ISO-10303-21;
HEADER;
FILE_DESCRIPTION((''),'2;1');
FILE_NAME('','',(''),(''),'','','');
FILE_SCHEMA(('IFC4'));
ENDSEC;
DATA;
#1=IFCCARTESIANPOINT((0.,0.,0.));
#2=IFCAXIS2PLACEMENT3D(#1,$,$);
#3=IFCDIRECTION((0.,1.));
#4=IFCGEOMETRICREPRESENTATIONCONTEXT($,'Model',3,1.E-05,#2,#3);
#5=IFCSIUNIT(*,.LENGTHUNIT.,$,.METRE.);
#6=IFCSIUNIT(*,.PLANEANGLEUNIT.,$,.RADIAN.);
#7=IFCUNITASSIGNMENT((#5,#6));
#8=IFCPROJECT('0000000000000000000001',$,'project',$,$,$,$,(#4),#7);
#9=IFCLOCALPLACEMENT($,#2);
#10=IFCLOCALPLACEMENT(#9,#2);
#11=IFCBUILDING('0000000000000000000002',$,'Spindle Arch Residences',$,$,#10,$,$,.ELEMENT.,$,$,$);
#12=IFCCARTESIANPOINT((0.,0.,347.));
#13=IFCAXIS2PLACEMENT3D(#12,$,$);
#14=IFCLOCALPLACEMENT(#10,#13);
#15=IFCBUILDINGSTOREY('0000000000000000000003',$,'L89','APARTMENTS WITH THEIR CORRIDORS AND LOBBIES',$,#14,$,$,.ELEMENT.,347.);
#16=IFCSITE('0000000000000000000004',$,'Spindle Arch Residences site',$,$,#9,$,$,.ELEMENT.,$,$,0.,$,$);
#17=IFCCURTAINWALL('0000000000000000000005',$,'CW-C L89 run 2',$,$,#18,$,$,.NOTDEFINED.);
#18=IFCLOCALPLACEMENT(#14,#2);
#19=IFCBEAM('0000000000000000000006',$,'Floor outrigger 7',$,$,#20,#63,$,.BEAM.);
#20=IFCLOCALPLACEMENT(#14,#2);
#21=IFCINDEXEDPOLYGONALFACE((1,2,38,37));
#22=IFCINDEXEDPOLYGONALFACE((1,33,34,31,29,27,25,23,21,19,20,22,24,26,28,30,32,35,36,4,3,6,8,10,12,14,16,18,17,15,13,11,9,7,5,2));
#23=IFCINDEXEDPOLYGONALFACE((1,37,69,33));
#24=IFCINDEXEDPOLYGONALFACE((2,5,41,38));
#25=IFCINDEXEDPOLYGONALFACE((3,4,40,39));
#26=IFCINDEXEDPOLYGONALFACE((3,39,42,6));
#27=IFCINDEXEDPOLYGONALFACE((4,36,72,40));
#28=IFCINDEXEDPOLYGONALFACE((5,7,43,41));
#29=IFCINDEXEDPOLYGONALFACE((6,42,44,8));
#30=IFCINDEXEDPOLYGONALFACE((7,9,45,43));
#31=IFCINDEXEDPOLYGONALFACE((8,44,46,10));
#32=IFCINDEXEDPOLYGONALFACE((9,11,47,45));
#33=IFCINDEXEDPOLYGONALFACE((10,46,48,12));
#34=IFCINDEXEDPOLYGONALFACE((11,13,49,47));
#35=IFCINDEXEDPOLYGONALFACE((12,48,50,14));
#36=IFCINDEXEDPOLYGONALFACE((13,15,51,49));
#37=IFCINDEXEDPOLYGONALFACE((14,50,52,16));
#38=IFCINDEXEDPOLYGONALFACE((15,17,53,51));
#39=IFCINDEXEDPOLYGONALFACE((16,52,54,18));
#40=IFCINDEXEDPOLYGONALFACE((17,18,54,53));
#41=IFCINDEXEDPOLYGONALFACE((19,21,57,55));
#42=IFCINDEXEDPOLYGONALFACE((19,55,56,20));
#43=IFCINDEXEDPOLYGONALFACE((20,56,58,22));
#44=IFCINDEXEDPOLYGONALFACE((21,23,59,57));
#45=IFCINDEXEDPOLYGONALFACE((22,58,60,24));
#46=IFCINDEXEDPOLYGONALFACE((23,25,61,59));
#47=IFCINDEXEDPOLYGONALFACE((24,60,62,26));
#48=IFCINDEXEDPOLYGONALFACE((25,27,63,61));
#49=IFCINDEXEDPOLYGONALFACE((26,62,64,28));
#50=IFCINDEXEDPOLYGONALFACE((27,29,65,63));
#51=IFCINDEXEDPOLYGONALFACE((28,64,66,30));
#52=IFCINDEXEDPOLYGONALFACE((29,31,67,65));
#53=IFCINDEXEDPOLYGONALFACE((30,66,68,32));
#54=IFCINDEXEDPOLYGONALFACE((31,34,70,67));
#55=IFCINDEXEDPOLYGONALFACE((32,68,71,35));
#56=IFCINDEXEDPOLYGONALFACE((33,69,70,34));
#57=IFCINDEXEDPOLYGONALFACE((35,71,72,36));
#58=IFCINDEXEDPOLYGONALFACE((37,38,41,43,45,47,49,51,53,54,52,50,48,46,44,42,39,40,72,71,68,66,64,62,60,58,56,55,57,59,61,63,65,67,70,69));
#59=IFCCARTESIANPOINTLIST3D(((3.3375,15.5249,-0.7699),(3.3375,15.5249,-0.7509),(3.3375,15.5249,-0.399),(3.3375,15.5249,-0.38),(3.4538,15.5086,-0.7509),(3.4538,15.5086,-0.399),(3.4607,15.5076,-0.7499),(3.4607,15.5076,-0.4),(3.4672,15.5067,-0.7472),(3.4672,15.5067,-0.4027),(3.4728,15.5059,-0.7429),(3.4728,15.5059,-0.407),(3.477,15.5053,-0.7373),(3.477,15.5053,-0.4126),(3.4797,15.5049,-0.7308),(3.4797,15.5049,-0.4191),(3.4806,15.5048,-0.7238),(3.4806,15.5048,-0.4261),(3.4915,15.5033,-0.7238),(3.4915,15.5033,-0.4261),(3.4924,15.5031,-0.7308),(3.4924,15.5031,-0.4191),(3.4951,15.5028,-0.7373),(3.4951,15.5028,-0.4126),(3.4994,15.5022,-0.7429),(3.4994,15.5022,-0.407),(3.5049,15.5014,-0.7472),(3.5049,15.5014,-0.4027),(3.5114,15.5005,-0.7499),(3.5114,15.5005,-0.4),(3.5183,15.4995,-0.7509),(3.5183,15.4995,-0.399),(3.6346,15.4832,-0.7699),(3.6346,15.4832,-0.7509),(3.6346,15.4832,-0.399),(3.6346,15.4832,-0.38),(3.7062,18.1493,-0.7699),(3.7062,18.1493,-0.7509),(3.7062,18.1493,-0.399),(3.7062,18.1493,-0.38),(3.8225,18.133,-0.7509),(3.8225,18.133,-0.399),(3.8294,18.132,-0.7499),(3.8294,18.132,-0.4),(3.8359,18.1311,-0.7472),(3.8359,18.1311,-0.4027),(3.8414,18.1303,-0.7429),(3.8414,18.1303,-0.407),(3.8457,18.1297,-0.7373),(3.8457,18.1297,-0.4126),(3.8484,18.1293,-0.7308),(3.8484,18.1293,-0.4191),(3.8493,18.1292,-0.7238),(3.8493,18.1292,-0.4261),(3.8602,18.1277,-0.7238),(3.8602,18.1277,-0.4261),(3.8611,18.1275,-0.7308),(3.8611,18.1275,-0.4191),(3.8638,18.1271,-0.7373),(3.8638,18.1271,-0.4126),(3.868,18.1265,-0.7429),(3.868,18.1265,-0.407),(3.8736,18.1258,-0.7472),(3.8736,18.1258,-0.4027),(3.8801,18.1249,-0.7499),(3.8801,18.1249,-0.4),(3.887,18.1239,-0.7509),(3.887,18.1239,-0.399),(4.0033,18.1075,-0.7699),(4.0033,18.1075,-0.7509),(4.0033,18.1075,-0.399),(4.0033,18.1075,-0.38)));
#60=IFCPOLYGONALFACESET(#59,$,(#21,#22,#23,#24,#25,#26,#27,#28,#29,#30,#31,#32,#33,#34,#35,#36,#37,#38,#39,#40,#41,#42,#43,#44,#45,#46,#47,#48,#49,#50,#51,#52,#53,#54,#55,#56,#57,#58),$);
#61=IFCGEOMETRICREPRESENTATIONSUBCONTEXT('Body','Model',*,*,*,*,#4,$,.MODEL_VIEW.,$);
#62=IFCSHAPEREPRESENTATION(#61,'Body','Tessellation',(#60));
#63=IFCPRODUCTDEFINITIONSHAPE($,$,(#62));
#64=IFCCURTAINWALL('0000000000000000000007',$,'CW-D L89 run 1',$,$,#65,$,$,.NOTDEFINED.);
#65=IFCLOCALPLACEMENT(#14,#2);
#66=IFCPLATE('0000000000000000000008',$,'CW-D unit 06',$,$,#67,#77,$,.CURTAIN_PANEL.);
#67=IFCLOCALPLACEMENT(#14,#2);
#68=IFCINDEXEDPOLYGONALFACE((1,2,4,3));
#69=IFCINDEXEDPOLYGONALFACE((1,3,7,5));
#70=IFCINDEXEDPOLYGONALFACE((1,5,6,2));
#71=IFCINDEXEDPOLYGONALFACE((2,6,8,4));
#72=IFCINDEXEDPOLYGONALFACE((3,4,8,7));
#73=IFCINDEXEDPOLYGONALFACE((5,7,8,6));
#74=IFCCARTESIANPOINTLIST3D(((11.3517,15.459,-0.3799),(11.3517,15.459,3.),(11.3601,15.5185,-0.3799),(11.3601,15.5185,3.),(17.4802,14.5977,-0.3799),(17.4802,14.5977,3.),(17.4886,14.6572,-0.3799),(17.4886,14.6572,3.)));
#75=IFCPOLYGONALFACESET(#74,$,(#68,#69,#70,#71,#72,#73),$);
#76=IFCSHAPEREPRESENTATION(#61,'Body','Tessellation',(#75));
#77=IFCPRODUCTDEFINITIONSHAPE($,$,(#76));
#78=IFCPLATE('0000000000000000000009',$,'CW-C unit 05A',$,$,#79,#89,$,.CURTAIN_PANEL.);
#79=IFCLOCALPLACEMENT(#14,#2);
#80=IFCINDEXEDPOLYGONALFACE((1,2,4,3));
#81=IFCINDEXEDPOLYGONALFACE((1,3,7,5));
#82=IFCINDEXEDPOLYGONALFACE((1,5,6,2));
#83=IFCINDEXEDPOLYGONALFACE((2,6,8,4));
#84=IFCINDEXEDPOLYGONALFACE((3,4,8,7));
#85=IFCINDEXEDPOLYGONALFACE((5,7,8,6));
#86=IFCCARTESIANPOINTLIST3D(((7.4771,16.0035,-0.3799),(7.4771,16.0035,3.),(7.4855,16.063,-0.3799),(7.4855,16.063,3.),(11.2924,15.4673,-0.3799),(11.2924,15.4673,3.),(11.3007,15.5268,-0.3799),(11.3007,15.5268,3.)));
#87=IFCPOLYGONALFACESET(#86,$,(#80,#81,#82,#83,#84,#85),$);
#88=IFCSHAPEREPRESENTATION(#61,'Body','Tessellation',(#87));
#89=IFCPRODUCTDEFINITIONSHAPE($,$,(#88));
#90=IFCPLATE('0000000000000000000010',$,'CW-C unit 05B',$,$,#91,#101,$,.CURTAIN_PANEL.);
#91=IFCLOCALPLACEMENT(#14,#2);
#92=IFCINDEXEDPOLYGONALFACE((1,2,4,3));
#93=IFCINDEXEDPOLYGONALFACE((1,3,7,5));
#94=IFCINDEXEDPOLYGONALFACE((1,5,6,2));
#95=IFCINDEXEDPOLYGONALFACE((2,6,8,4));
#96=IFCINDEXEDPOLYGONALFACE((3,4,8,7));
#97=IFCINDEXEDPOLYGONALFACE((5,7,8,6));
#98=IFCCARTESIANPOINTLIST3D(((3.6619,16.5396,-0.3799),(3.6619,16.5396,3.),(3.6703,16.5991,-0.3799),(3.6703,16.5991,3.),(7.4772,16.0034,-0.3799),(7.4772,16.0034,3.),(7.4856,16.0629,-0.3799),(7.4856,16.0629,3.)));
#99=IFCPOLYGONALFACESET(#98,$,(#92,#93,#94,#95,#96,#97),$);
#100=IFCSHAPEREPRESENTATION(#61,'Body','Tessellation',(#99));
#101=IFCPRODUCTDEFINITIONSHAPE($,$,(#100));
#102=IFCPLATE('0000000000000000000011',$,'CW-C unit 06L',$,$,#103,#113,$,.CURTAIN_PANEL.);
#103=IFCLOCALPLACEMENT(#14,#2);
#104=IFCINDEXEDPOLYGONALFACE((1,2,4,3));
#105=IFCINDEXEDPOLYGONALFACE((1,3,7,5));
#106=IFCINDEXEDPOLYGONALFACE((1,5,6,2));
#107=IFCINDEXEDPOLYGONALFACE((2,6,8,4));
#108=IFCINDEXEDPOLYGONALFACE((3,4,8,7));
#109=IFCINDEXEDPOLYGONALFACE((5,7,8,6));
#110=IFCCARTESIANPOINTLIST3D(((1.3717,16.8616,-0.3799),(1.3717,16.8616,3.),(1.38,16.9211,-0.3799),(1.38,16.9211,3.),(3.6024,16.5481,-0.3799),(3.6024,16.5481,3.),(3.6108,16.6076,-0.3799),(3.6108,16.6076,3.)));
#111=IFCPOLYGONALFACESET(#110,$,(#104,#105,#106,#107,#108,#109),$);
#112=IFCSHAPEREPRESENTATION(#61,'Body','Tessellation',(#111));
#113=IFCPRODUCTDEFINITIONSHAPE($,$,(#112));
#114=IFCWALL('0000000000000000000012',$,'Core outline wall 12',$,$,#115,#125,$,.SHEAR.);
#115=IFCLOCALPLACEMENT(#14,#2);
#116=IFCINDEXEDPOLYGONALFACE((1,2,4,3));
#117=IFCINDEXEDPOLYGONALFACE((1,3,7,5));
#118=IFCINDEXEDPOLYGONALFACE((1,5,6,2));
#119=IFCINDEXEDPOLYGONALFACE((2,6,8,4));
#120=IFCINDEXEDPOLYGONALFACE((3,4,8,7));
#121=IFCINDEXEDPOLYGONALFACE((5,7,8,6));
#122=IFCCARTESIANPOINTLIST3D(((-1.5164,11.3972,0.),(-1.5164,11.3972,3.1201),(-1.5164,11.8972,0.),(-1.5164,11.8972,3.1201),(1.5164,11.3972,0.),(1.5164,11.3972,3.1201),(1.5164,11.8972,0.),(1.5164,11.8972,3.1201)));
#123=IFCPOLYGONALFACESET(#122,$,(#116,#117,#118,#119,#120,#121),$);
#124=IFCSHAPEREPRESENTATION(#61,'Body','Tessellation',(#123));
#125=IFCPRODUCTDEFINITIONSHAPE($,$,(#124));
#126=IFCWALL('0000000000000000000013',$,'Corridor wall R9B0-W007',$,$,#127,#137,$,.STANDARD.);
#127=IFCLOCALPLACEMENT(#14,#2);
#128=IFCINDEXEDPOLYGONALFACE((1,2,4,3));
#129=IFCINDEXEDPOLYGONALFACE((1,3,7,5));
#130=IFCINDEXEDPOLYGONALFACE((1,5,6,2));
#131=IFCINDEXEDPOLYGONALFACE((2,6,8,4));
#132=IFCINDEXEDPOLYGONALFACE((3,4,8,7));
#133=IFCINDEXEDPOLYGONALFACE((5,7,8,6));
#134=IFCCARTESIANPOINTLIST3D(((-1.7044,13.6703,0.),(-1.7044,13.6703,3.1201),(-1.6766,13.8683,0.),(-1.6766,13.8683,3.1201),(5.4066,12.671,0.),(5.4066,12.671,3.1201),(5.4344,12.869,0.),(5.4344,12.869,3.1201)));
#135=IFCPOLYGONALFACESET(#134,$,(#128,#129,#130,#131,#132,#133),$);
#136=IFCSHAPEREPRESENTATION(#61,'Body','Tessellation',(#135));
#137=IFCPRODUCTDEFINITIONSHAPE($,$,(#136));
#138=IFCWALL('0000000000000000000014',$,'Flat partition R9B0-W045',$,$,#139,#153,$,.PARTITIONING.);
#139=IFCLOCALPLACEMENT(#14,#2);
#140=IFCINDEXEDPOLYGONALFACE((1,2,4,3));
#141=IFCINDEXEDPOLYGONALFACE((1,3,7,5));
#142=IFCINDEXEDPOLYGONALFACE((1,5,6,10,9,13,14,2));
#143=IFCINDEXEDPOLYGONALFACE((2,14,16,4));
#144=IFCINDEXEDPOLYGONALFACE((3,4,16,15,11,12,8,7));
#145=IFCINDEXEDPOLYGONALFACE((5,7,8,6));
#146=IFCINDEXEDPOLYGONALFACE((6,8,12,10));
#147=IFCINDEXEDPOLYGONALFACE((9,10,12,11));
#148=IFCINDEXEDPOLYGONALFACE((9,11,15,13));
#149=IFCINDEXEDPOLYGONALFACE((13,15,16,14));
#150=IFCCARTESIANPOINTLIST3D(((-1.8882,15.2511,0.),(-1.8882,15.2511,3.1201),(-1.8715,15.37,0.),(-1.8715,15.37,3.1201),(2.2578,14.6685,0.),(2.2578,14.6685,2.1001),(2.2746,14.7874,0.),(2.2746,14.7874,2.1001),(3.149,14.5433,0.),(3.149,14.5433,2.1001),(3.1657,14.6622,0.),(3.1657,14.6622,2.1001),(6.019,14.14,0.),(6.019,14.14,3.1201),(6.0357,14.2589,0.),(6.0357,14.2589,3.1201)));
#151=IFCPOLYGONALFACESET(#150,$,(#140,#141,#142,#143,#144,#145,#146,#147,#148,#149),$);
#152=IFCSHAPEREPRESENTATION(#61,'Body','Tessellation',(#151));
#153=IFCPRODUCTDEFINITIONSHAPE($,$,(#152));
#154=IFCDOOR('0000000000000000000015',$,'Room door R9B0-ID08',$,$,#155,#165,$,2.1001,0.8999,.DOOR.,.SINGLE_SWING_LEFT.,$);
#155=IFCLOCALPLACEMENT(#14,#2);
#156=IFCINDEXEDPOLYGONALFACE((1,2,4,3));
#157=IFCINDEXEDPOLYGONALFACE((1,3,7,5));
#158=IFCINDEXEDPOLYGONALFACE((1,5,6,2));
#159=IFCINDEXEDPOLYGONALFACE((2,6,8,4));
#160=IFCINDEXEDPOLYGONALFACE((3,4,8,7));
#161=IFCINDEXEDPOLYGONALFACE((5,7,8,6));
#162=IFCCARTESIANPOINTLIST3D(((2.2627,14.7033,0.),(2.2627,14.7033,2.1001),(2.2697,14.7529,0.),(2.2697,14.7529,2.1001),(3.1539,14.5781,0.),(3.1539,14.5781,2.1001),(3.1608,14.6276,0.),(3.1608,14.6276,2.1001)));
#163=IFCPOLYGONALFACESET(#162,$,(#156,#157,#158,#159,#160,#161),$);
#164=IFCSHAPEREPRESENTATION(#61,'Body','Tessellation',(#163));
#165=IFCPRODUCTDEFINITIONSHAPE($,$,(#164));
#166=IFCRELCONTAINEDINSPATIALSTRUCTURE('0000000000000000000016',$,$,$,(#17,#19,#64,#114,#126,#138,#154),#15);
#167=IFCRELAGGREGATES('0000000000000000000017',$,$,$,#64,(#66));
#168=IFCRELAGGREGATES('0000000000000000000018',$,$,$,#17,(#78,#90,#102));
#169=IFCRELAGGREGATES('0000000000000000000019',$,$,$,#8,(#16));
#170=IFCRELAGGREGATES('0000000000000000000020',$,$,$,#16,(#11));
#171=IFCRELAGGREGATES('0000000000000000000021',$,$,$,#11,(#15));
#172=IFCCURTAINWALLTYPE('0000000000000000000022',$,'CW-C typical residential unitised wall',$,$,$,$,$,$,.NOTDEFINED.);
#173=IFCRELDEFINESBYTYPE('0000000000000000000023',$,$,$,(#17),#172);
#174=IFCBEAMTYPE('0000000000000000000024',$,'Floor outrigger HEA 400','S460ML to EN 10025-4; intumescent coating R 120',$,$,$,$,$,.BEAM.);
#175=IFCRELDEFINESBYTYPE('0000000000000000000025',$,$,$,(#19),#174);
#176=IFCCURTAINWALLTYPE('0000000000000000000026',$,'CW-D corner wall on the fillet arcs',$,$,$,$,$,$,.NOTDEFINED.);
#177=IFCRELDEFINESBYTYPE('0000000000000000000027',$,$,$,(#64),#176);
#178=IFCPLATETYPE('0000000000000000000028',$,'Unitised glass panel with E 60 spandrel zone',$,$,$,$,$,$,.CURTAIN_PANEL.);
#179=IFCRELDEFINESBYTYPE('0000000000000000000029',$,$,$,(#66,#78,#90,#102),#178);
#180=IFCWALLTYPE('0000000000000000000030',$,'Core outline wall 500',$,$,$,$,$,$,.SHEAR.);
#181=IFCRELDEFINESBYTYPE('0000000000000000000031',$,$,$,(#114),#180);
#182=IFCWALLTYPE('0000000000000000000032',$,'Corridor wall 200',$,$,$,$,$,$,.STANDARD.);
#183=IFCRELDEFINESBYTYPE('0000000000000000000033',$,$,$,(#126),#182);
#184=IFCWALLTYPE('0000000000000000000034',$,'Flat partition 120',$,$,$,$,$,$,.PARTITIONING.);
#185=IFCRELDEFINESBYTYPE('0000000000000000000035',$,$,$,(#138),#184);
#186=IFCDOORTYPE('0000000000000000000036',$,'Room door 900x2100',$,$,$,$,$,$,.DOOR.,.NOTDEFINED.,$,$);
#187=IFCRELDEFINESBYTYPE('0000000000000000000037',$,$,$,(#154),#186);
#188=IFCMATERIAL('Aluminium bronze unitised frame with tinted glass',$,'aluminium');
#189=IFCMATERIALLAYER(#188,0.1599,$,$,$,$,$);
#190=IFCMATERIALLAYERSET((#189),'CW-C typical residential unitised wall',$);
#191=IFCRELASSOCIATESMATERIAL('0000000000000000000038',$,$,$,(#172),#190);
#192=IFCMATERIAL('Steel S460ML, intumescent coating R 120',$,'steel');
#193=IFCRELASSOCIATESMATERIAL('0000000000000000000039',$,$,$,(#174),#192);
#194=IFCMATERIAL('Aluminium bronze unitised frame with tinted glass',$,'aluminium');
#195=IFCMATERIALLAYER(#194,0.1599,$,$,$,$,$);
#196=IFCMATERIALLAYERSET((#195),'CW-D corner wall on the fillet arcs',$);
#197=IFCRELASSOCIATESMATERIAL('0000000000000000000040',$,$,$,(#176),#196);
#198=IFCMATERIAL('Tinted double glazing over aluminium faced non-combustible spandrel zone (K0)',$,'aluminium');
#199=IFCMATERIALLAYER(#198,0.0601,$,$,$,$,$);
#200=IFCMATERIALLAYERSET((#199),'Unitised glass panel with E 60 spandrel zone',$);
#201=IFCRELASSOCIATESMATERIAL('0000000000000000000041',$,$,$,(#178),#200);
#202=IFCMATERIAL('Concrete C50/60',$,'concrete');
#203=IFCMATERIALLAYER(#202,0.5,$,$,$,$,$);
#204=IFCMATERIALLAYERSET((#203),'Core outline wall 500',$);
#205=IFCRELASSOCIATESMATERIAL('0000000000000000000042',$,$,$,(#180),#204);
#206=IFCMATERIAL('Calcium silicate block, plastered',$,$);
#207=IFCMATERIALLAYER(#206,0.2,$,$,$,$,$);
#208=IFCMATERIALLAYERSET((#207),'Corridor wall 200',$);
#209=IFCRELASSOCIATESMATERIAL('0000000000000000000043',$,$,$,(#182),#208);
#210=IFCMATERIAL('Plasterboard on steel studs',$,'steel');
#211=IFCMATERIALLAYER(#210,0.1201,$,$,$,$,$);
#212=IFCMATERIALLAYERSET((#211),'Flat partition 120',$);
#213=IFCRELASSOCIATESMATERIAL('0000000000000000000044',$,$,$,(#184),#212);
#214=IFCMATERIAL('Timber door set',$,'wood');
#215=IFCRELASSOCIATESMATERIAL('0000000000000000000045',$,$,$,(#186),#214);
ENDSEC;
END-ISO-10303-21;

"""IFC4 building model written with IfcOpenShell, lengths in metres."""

from ifc_helpers import new_model, si_unit, direction, frame, frame_2d, origin, origin_2d, place, context, subcontext, project, spatial, rectangle, i_section, extrude, material, layer, layer_set, material_profile, profile_set, type_object, element, fill, aggregate, save


model = new_model("IFC4")

# Units and contexts
model_context = context("Model", 3, precision=1e-05, world=origin(), true_north=direction((0.0, 1.0)))
body_context = subcontext(model_context, "Body", "Model", "MODEL_VIEW")
ifc_project = project(units=[si_unit("LENGTHUNIT", "METRE"), si_unit("PLANEANGLEUNIT", "RADIAN")], contexts=[model_context])

# Site, building, storey
site_placement = place(None, origin())
site = spatial("IfcSite", under=ifc_project, at=site_placement, Name="Spindle Arch Residences site", CompositionType="ELEMENT", RefElevation=0.0)
building_placement = place(site_placement, origin())
building = spatial("IfcBuilding", under=site, at=building_placement, Name="Spindle Arch Residences", CompositionType="ELEMENT")
storey_placement = place(building_placement, frame((0.0, 0.0, 347.0)))
storey = spatial("IfcBuildingStorey", under=building, at=storey_placement, Name="L89", Description="APARTMENTS WITH THEIR CORRIDORS AND LOBBIES", CompositionType="ELEMENT", Elevation=347.0)

# Curtain wall
ifc_material_1 = material(Name="Aluminium bronze unitised frame with tinted glass", Category="aluminium")
ifc_layer_1 = layer(ifc_material_1, 0.1599)
ifc_layer_set_1 = layer_set([ifc_layer_1], Name="CW-C typical residential unitised wall")
curtain_wall_type_1 = type_object("IfcCurtainWallType", Name="CW-C typical residential unitised wall", PredefinedType="NOTDEFINED", material=ifc_layer_set_1)
curtain_wall_1_placement = place(storey_placement, origin())
curtain_wall_1 = element("IfcCurtainWall", 1, at=curtain_wall_1_placement, inside=storey, type_object=curtain_wall_type_1, Name="CW-C L89 run 2", PredefinedType="NOTDEFINED")

# Beam
ifc_material_2 = material(Name="Steel S460ML, intumescent coating R 120", Category="steel")
ifc_material_profile_1 = material_profile(ifc_material_2, i_section(OverallWidth=0.3, OverallDepth=0.3899, WebThickness=0.011, FlangeThickness=0.019, FilletRadius=0.0271, at=origin_2d()), Name="HEA 400")
ifc_profile_set_1 = profile_set([ifc_material_profile_1], Name="Steel S460ML, intumescent coating R 120")
beam_type_1 = type_object("IfcBeamType", Name="Floor outrigger HEA 400", Description="S460ML to EN 10025-4; intumescent coating R 120", PredefinedType="BEAM", material=ifc_profile_set_1)
for number, where, z_axis, x_axis, name in (
    (2, (3.8547, 18.1284, -0.575), (-0.139112, -0.990277, 0.0), (0.990277, -0.139112, 0.0), "Floor outrigger 7"),
):
    element("IfcBeam", number, at=place(storey_placement, frame(where, z_axis=z_axis, x_axis=x_axis)), inside=storey, type_object=beam_type_1, Name=name, PredefinedType="BEAM", context=body_context, shape_type="SweptSolid", body=[
        extrude(i_section(OverallWidth=0.3, OverallDepth=0.3899, WebThickness=0.011, FlangeThickness=0.019, FilletRadius=0.0271, at=origin_2d()), origin(), (0.0, 0.0, 1.0), 2.6501),
    ])

# Curtain wall, plate
ifc_material_3 = material(Name="Aluminium bronze unitised frame with tinted glass", Category="aluminium")
ifc_layer_2 = layer(ifc_material_3, 0.1599)
ifc_layer_set_2 = layer_set([ifc_layer_2], Name="CW-D corner wall on the fillet arcs")
curtain_wall_type_2 = type_object("IfcCurtainWallType", Name="CW-D corner wall on the fillet arcs", PredefinedType="NOTDEFINED", material=ifc_layer_set_2)
curtain_wall_2_placement = place(storey_placement, origin())
curtain_wall_2 = element("IfcCurtainWall", 3, at=curtain_wall_2_placement, inside=storey, type_object=curtain_wall_type_2, Name="CW-D L89 run 1", PredefinedType="NOTDEFINED")
ifc_material_4 = material(Name="Tinted double glazing over aluminium faced non-combustible spandrel zone (K0)", Category="aluminium")
ifc_layer_3 = layer(ifc_material_4, 0.0601)
ifc_layer_set_3 = layer_set([ifc_layer_3], Name="Unitised glass panel with E 60 spandrel zone")
plate_type = type_object("IfcPlateType", Name="Unitised glass panel with E 60 spandrel zone", PredefinedType="CURTAIN_PANEL", material=ifc_layer_set_3)
plate_1_placement = place(storey_placement, frame((14.4202, 15.0581, -0.3799), z_axis=(0.0, 0.0, 1.0), x_axis=(-0.990268, 0.139173, 0.0)))
plate_1 = element("IfcPlate", 4, at=plate_1_placement, type_object=plate_type, Name="CW-D unit 06", PredefinedType="CURTAIN_PANEL", context=body_context, shape_type="SweptSolid", body=[
    extrude(rectangle(XDim=6.1887, YDim=0.0601, at=origin_2d()), origin(), (0.0, 0.0, 1.0), 3.3799),
])
aggregate(curtain_wall_2, [plate_1])

# Plates
plate_2_placement = place(storey_placement, frame((9.3889, 15.7651, -0.3799), z_axis=(0.0, 0.0, 1.0), x_axis=(-0.990268, 0.139173, 0.0)))
plate_2 = element("IfcPlate", 5, at=plate_2_placement, type_object=plate_type, Name="CW-C unit 05A", PredefinedType="CURTAIN_PANEL", context=body_context, shape_type="SweptSolid", body=[
    extrude(rectangle(XDim=3.8528, YDim=0.0601, at=origin_2d()), origin(), (0.0, 0.0, 1.0), 3.3799),
])
plate_3_placement = place(storey_placement, frame((5.5737, 16.3013, -0.3799), z_axis=(0.0, 0.0, 1.0), x_axis=(-0.990268, 0.139173, 0.0)))
plate_3 = element("IfcPlate", 6, at=plate_3_placement, type_object=plate_type, Name="CW-C unit 05B", PredefinedType="CURTAIN_PANEL", context=body_context, shape_type="SweptSolid", body=[
    extrude(rectangle(XDim=3.8528, YDim=0.0601, at=origin_2d()), origin(), (0.0, 0.0, 1.0), 3.3799),
])
plate_4_placement = place(storey_placement, frame((2.4912, 16.7346, -0.3799), z_axis=(0.0, 0.0, 1.0), x_axis=(-0.990268, 0.139173, 0.0)))
plate_4 = element("IfcPlate", 7, at=plate_4_placement, type_object=plate_type, Name="CW-C unit 06L", PredefinedType="CURTAIN_PANEL", context=body_context, shape_type="SweptSolid", body=[
    extrude(rectangle(XDim=2.2527, YDim=0.0601, at=origin_2d()), origin(), (0.0, 0.0, 1.0), 3.3799),
])
aggregate(curtain_wall_1, [plate_2, plate_3, plate_4])

# Walls
ifc_material_5 = material(Name="Concrete C50/60", Category="concrete")
ifc_layer_4 = layer(ifc_material_5, 0.5)
ifc_layer_set_4 = layer_set([ifc_layer_4], Name="Core outline wall 500")
wall_type_1 = type_object("IfcWallType", Name="Core outline wall 500", PredefinedType="SHEAR", material=ifc_layer_set_4)
wall_1_placement = place(storey_placement, frame((1.5164, 11.6472, 0.0), z_axis=(0.0, 0.0, 1.0), x_axis=(-1.0, 0.0, 0.0)))
element("IfcWall", 8, at=wall_1_placement, inside=storey, type_object=wall_type_1, Name="Core outline wall 12", PredefinedType="SHEAR", context=body_context, shape_type="SweptSolid", body=[
    extrude(rectangle(XDim=3.0327, YDim=0.5, at=frame_2d((1.5164, 0.0))), origin(), (0.0, 0.0, 1.0), 3.1201),
])
ifc_material_6 = material(Name="Calcium silicate block, plastered")
ifc_layer_5 = layer(ifc_material_6, 0.2)
ifc_layer_set_5 = layer_set([ifc_layer_5], Name="Corridor wall 200")
wall_type_2 = type_object("IfcWallType", Name="Corridor wall 200", PredefinedType="STANDARD", material=ifc_layer_set_5)
wall_2_placement = place(storey_placement, frame((5.4204, 12.77, 0.0), z_axis=(0.0, 0.0, 1.0), x_axis=(-0.990271, 0.139155, 0.0)))
element("IfcWall", 9, at=wall_2_placement, inside=storey, type_object=wall_type_2, Name="Corridor wall R9B0-W007", PredefinedType="STANDARD", context=body_context, shape_type="SweptSolid", body=[
    extrude(rectangle(XDim=7.1809, YDim=0.2, at=frame_2d((3.5903, 0.0))), origin(), (0.0, 0.0, 1.0), 3.1201),
])

# Wall, opening, door
ifc_material_7 = material(Name="Plasterboard on steel studs", Category="steel")
ifc_layer_6 = layer(ifc_material_7, 0.1201)
ifc_layer_set_6 = layer_set([ifc_layer_6], Name="Flat partition 120")
wall_type_3 = type_object("IfcWallType", Name="Flat partition 120", PredefinedType="PARTITIONING", material=ifc_layer_set_6)
wall_3_placement = place(storey_placement, frame((6.0273, 14.1995, 0.0), z_axis=(0.0, 0.0, 1.0), x_axis=(-0.990272, 0.139148, 0.0)))
wall_3 = element("IfcWall", 10, at=wall_3_placement, inside=storey, type_object=wall_type_3, Name="Flat partition R9B0-W045", PredefinedType="PARTITIONING", context=body_context, shape_type="SweptSolid", body=[
    extrude(rectangle(XDim=7.9849, YDim=0.1201, at=frame_2d((3.9924, 0.0))), origin(), (0.0, 0.0, 1.0), 3.1201),
])
opening_1_placement = place(wall_3_placement, frame((2.8982, 0.0, 0.0)))
opening_1 = element("IfcOpeningElement", 11, at=opening_1_placement, cuts=wall_3, PredefinedType="OPENING", context=body_context, shape_type="SweptSolid", body=[
    extrude(rectangle(XDim=0.8999, YDim=2.1001, at=frame_2d((0.45, 1.05))), frame((0.0, 0.0701, 0.0), z_axis=(0.0, -1.0, 0.0), x_axis=(1.0, 0.0, 0.0)), (0.0, 0.0, 1.0), 0.1401),
])
ifc_material_8 = material(Name="Timber door set", Category="wood")
door_type_1 = type_object("IfcDoorType", Name="Room door 900x2100", OperationType="NOTDEFINED", PredefinedType="DOOR", material=ifc_material_8)
door_1_placement = place(opening_1_placement, origin())
door_1 = element("IfcDoor", 12, at=door_1_placement, inside=storey, type_object=door_type_1, Name="Room door R9B0-ID08", OperationType="SINGLE_SWING_LEFT", OverallHeight=2.1001, OverallWidth=0.8999, PredefinedType="DOOR", context=body_context, shape_type="SweptSolid", body=[
    extrude(rectangle(XDim=0.8999, YDim=2.1001, at=frame_2d((0.45, 1.05))), frame((0.0, 0.0249, 0.0), z_axis=(0.0, -1.0, 0.0), x_axis=(1.0, 0.0, 0.0)), (0.0, 0.0, 1.0), 0.05),
])
fill(opening_1, door_1)

save(model, "model.ifc")
